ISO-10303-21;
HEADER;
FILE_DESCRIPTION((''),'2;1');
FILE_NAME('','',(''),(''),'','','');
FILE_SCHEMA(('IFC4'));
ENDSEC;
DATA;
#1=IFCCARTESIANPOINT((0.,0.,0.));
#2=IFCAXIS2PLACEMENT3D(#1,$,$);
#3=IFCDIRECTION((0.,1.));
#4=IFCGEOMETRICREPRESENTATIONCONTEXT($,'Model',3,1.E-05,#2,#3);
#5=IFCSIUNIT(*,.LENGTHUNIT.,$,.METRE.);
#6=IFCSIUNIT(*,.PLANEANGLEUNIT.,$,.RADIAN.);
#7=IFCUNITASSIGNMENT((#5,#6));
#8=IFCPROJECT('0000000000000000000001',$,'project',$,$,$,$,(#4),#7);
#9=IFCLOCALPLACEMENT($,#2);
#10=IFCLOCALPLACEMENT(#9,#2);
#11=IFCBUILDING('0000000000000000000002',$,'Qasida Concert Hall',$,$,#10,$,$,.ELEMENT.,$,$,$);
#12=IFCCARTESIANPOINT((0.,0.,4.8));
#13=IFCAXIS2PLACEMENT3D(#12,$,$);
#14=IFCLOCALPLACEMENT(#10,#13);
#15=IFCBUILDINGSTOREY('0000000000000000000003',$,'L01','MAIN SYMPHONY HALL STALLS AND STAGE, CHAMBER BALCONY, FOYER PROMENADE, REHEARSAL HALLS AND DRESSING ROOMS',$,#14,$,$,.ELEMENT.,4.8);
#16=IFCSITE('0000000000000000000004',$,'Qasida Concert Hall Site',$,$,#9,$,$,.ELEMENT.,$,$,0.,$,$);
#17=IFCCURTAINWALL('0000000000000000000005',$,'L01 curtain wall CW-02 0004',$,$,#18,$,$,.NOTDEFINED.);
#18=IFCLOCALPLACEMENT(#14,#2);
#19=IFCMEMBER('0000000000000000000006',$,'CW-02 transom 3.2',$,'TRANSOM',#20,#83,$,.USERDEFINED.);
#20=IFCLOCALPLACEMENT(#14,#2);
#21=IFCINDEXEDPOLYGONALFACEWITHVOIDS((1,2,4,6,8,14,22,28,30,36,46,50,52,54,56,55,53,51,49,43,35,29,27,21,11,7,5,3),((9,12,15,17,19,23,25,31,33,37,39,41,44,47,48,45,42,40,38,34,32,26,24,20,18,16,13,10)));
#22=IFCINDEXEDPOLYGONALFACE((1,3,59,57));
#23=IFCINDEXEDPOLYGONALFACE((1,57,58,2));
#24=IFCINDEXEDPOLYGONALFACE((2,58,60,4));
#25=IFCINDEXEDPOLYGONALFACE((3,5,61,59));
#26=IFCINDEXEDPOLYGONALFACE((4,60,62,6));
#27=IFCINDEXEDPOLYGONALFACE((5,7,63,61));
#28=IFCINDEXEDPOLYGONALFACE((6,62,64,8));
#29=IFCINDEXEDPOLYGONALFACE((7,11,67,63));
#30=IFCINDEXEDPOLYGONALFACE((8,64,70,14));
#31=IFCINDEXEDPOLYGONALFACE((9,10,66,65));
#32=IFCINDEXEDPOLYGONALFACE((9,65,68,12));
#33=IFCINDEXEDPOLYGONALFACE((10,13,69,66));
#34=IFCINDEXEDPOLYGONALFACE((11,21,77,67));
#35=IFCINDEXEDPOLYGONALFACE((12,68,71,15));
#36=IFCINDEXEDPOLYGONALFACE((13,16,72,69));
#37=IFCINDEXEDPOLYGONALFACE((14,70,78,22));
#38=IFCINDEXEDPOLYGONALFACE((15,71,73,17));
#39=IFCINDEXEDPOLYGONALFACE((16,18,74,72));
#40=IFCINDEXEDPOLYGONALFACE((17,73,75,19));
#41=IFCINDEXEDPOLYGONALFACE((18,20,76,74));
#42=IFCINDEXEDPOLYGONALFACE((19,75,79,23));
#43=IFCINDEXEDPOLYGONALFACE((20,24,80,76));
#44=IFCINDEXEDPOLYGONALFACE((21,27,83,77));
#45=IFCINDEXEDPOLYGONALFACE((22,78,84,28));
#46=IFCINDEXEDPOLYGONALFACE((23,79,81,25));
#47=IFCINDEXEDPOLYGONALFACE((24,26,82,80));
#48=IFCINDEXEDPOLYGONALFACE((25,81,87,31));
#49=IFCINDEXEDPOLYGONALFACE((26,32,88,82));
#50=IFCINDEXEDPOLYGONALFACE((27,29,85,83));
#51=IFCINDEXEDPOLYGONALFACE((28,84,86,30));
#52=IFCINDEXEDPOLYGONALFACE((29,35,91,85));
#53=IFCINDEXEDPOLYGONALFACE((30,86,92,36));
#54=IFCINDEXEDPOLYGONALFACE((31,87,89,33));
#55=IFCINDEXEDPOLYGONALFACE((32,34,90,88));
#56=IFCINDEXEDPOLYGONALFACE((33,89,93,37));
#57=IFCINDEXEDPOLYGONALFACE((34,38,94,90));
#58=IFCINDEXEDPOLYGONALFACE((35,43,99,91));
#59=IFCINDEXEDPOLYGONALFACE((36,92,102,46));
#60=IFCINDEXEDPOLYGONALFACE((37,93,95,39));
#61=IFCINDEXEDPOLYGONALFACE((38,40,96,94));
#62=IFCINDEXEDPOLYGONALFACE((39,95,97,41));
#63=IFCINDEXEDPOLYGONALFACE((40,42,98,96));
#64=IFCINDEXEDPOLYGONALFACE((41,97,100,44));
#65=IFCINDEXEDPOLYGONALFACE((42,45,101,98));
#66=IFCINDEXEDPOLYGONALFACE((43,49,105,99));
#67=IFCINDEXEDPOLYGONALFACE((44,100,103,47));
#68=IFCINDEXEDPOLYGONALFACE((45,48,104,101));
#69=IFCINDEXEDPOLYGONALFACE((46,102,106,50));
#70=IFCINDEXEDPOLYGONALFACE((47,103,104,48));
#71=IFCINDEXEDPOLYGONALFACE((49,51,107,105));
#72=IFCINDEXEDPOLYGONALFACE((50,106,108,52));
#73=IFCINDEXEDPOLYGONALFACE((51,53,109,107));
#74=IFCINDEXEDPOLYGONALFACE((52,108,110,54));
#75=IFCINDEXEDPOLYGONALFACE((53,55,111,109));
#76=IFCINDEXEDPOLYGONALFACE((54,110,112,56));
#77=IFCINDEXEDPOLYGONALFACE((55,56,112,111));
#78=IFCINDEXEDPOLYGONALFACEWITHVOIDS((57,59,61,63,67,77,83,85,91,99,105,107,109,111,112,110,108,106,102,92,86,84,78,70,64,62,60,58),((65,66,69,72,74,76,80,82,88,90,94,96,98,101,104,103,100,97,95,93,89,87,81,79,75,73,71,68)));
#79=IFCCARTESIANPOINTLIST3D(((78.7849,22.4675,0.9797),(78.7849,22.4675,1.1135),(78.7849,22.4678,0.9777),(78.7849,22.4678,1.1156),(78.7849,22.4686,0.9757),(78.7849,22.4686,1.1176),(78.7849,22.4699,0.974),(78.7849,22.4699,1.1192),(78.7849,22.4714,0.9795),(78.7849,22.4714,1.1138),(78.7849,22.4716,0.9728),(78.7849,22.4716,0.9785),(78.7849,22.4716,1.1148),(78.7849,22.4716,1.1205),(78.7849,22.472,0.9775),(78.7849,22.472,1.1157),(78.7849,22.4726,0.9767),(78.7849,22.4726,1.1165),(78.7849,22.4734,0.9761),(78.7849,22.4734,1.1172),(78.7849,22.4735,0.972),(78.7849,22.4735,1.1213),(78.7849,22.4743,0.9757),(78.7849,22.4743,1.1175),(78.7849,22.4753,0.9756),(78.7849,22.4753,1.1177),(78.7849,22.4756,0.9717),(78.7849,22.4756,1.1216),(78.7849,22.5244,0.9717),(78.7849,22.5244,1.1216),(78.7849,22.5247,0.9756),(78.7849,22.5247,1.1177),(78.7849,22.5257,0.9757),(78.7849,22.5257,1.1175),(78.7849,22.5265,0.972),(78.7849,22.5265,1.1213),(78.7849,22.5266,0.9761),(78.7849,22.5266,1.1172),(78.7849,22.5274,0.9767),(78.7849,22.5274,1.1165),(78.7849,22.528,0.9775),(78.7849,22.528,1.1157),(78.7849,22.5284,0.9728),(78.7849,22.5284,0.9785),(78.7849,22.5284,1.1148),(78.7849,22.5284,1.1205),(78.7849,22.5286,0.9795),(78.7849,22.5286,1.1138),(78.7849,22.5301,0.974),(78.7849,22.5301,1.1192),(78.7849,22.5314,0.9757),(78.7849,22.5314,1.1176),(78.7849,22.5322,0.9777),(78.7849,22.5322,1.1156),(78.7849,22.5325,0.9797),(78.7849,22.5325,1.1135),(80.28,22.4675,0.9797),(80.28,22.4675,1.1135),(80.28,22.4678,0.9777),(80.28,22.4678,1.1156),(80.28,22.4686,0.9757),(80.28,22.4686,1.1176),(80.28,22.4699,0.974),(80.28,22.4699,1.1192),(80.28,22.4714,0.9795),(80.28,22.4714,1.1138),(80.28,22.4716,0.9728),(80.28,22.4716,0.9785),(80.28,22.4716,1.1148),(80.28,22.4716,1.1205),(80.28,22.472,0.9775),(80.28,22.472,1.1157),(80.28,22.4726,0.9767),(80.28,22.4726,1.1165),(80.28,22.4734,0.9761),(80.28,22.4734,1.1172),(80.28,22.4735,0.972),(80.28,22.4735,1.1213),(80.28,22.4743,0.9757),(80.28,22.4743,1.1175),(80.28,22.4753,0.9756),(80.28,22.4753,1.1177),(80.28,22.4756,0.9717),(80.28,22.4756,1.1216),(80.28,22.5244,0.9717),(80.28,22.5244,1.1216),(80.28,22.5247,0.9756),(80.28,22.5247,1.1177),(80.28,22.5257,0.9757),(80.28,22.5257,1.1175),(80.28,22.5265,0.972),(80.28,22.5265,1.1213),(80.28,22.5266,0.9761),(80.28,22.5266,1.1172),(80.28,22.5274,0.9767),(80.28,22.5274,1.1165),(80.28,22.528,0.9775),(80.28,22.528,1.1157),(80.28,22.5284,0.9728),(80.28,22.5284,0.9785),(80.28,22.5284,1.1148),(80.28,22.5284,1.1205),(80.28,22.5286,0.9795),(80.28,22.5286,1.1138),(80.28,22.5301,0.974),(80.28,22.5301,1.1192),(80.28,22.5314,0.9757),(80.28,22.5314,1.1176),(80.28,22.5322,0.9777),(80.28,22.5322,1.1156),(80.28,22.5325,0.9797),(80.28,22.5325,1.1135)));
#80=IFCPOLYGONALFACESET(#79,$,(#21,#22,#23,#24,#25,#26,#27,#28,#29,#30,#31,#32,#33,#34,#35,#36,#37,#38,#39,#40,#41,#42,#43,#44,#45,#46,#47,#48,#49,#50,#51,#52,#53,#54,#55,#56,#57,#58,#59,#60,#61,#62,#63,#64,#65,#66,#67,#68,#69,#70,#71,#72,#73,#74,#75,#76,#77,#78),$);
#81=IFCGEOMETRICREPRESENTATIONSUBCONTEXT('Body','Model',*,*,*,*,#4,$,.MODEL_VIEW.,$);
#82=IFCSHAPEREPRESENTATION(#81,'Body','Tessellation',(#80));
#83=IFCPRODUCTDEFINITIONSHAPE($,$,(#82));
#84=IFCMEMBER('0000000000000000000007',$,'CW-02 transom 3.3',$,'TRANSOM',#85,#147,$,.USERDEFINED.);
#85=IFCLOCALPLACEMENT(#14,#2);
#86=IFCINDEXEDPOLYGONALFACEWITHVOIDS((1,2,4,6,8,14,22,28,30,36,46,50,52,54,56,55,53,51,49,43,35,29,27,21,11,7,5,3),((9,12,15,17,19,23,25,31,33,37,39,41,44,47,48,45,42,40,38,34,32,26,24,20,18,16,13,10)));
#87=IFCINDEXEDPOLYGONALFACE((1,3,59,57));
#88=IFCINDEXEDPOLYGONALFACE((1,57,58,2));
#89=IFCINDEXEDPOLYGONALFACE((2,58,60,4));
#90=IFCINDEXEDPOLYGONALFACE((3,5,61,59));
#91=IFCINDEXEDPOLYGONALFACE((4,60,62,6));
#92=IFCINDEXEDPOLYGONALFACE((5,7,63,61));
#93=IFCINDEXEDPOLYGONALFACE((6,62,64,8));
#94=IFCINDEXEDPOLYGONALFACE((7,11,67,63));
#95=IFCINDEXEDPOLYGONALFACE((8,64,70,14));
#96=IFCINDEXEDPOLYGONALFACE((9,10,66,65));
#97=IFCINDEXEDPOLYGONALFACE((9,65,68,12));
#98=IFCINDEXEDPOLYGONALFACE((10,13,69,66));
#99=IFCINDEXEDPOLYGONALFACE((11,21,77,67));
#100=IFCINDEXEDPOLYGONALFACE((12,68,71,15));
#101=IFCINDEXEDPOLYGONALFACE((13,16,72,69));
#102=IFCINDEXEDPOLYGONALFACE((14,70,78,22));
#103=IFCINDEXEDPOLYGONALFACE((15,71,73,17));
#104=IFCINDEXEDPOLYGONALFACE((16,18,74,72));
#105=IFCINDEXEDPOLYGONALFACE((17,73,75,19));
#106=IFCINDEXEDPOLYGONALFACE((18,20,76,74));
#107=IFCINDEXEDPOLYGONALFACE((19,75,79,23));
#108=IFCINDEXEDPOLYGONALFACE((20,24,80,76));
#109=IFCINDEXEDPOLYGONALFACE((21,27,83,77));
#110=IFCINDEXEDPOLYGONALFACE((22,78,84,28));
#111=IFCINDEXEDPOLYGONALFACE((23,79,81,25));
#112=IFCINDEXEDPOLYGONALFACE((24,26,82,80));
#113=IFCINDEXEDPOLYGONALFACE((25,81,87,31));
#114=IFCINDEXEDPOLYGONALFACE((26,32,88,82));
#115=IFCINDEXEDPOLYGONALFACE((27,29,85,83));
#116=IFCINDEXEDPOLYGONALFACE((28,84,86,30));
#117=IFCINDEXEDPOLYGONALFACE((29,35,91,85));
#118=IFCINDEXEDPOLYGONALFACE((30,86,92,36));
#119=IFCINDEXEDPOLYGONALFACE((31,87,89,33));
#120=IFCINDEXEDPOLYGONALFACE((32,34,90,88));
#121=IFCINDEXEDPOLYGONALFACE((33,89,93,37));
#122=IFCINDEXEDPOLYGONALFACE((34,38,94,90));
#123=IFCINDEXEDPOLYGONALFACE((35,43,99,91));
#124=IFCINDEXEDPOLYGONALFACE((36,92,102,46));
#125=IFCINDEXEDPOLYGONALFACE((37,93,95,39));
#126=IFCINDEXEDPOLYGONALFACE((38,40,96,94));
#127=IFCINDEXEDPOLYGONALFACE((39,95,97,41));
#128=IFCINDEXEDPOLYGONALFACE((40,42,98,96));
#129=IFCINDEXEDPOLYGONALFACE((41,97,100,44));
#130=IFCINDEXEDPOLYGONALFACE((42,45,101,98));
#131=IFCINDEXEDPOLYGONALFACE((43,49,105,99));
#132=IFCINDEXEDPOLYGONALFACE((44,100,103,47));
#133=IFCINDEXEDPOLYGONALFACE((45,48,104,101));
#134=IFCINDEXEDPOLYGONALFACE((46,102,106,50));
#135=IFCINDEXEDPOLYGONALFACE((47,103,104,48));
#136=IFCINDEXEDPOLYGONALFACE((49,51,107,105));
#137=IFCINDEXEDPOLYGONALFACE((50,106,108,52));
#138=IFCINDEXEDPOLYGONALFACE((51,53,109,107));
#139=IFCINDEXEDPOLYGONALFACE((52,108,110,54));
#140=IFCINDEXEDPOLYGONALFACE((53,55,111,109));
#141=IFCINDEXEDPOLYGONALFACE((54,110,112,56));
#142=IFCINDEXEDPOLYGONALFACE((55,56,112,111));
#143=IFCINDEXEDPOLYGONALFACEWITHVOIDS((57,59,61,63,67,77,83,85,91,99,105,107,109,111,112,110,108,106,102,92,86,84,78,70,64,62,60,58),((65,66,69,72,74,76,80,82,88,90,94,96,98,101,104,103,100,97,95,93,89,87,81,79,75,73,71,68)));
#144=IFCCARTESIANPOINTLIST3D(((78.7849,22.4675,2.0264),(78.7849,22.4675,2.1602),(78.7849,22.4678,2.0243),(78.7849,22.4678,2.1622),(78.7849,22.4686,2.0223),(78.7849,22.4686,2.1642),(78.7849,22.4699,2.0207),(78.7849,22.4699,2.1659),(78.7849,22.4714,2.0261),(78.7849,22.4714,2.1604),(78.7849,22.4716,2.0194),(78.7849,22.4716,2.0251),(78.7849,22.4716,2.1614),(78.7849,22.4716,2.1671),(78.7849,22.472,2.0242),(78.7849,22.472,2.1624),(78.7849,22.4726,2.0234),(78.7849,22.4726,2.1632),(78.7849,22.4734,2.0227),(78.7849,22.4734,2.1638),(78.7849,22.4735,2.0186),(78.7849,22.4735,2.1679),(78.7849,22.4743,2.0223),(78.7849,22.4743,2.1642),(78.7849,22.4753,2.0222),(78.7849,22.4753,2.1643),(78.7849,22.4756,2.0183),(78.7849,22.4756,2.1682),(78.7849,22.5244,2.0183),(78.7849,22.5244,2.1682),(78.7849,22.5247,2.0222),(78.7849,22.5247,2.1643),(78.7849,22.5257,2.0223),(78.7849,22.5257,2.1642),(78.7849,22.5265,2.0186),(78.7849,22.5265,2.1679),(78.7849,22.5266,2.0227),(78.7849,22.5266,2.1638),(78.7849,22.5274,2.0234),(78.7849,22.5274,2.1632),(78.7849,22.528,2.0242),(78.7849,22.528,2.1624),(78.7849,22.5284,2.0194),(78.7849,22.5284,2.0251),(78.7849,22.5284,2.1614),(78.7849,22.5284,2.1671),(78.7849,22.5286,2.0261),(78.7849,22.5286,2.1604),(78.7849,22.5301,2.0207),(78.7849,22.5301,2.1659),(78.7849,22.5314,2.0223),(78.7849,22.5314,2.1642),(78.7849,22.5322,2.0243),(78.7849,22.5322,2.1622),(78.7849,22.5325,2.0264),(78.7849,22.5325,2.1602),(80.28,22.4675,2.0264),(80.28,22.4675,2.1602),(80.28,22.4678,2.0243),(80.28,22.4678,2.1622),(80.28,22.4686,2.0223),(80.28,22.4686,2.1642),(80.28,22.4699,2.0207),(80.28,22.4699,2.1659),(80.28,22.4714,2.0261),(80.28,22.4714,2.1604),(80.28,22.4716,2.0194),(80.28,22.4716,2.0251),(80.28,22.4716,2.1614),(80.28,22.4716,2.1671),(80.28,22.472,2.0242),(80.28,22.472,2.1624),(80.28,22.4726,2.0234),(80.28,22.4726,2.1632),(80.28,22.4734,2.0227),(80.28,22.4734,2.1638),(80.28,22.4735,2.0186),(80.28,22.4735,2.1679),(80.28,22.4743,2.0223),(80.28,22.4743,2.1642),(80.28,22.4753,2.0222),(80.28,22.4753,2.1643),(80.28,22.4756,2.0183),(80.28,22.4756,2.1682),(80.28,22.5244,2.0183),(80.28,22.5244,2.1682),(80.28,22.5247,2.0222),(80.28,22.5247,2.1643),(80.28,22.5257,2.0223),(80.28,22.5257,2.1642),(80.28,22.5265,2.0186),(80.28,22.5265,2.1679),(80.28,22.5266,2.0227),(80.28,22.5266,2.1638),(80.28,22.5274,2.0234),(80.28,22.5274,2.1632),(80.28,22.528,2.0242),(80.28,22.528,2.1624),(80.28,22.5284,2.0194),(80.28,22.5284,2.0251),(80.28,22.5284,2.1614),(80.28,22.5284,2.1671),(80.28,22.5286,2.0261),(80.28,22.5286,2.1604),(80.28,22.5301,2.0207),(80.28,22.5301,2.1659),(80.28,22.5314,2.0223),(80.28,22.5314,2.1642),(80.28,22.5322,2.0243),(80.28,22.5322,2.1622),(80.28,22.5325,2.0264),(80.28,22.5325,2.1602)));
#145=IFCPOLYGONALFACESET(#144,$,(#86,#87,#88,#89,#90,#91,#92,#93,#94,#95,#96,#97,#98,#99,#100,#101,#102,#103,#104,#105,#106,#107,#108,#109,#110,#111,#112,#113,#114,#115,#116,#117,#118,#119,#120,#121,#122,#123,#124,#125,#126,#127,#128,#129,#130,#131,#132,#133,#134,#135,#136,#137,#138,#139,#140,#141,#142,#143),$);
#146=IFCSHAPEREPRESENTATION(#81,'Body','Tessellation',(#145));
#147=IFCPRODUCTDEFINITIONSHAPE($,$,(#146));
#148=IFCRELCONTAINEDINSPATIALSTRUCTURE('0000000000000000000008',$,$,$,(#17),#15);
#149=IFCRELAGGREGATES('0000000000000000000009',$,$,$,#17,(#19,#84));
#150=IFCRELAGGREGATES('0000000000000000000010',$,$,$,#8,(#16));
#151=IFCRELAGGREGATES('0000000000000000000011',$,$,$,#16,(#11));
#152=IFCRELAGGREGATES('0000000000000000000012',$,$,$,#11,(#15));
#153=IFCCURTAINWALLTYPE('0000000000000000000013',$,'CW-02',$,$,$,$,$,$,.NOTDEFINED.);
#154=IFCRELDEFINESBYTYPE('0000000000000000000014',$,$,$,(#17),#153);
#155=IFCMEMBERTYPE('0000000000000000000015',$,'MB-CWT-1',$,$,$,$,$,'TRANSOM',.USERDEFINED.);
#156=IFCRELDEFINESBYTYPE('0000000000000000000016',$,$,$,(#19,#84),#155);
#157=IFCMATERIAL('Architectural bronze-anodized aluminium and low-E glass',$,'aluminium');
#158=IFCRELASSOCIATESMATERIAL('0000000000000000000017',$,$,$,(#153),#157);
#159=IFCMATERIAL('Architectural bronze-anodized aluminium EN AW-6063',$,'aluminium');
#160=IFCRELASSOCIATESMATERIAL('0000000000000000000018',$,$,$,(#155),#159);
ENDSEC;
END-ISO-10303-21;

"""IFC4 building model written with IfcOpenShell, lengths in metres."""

from ifc_helpers import new_model, si_unit, direction, frame, origin, origin_2d, place, context, subcontext, project, spatial, hollow_rectangle, extrude, material, material_profile, profile_set, type_object, element, aggregate, save


model = new_model("IFC4")

# Units and contexts
model_context = context("Model", 3, precision=1e-05, world=origin(), true_north=direction((0.0, 1.0)))
body_context = subcontext(model_context, "Body", "Model", "MODEL_VIEW")
ifc_project = project(units=[si_unit("LENGTHUNIT", "METRE"), si_unit("PLANEANGLEUNIT", "RADIAN")], contexts=[model_context])

# Site, building, storey
site_placement = place(None, origin())
site = spatial("IfcSite", under=ifc_project, at=site_placement, Name="Qasida Concert Hall Site", CompositionType="ELEMENT", RefElevation=0.0)
building_placement = place(site_placement, origin())
building = spatial("IfcBuilding", under=site, at=building_placement, Name="Qasida Concert Hall", CompositionType="ELEMENT")
storey_placement = place(building_placement, frame((0.0, 0.0, 4.8)))
storey = spatial("IfcBuildingStorey", under=building, at=storey_placement, Name="L01", Description="MAIN SYMPHONY HALL STALLS AND STAGE, CHAMBER BALCONY, FOYER PROMENADE, REHEARSAL HALLS AND DRESSING ROOMS", CompositionType="ELEMENT", Elevation=4.8)

# Curtain wall, members
ifc_material_1 = material(Name="Architectural bronze-anodized aluminium and low-E glass", Category="aluminium")
curtain_wall_type = type_object("IfcCurtainWallType", Name="CW-02", PredefinedType="NOTDEFINED", material=ifc_material_1)
curtain_wall_placement = place(storey_placement, origin())
curtain_wall = element("IfcCurtainWall", 1, at=curtain_wall_placement, inside=storey, type_object=curtain_wall_type, Name="L01 curtain wall CW-02 0004", PredefinedType="NOTDEFINED")
ifc_material_2 = material(Name="Architectural bronze-anodized aluminium EN AW-6063", Category="aluminium")
ifc_material_profile_1 = material_profile(ifc_material_2, hollow_rectangle(XDim=0.0649, YDim=0.1499, WallThickness=0.0039, InnerFilletRadius=0.0039, OuterFilletRadius=0.0081, at=origin_2d()), Name="CWT 150x65x4")
ifc_profile_set_1 = profile_set([ifc_material_profile_1], Name="Architectural bronze-anodized aluminium EN AW-6063")
member_type_1 = type_object("IfcMemberType", Name="MB-CWT-1", ElementType="TRANSOM", PredefinedType="USERDEFINED", material=ifc_profile_set_1)
member_1_placement = place(storey_placement, frame((78.7849, 22.5, 1.0466), z_axis=(1.0, 0.0, 0.0), x_axis=(0.0, 1.0, 0.0)))
member_1 = element("IfcMember", 2, at=member_1_placement, type_object=member_type_1, Name="CW-02 transom 3.2", ObjectType="TRANSOM", PredefinedType="USERDEFINED", context=body_context, shape_type="SweptSolid", body=[
    extrude(hollow_rectangle(XDim=0.0649, YDim=0.1499, WallThickness=0.0039, InnerFilletRadius=0.0039, OuterFilletRadius=0.0081, at=origin_2d()), origin(), (0.0, 0.0, 1.0), 1.4951),
])
member_2_placement = place(storey_placement, frame((78.7849, 22.5, 2.0933), z_axis=(1.0, 0.0, 0.0), x_axis=(0.0, 1.0, 0.0)))
member_2 = element("IfcMember", 3, at=member_2_placement, type_object=member_type_1, Name="CW-02 transom 3.3", ObjectType="TRANSOM", PredefinedType="USERDEFINED", context=body_context, shape_type="SweptSolid", body=[
    extrude(hollow_rectangle(XDim=0.0649, YDim=0.1499, WallThickness=0.0039, InnerFilletRadius=0.0039, OuterFilletRadius=0.0081, at=origin_2d()), origin(), (0.0, 0.0, 1.0), 1.4951),
])
aggregate(curtain_wall, [member_1, member_2])

save(model, "model.ifc")
